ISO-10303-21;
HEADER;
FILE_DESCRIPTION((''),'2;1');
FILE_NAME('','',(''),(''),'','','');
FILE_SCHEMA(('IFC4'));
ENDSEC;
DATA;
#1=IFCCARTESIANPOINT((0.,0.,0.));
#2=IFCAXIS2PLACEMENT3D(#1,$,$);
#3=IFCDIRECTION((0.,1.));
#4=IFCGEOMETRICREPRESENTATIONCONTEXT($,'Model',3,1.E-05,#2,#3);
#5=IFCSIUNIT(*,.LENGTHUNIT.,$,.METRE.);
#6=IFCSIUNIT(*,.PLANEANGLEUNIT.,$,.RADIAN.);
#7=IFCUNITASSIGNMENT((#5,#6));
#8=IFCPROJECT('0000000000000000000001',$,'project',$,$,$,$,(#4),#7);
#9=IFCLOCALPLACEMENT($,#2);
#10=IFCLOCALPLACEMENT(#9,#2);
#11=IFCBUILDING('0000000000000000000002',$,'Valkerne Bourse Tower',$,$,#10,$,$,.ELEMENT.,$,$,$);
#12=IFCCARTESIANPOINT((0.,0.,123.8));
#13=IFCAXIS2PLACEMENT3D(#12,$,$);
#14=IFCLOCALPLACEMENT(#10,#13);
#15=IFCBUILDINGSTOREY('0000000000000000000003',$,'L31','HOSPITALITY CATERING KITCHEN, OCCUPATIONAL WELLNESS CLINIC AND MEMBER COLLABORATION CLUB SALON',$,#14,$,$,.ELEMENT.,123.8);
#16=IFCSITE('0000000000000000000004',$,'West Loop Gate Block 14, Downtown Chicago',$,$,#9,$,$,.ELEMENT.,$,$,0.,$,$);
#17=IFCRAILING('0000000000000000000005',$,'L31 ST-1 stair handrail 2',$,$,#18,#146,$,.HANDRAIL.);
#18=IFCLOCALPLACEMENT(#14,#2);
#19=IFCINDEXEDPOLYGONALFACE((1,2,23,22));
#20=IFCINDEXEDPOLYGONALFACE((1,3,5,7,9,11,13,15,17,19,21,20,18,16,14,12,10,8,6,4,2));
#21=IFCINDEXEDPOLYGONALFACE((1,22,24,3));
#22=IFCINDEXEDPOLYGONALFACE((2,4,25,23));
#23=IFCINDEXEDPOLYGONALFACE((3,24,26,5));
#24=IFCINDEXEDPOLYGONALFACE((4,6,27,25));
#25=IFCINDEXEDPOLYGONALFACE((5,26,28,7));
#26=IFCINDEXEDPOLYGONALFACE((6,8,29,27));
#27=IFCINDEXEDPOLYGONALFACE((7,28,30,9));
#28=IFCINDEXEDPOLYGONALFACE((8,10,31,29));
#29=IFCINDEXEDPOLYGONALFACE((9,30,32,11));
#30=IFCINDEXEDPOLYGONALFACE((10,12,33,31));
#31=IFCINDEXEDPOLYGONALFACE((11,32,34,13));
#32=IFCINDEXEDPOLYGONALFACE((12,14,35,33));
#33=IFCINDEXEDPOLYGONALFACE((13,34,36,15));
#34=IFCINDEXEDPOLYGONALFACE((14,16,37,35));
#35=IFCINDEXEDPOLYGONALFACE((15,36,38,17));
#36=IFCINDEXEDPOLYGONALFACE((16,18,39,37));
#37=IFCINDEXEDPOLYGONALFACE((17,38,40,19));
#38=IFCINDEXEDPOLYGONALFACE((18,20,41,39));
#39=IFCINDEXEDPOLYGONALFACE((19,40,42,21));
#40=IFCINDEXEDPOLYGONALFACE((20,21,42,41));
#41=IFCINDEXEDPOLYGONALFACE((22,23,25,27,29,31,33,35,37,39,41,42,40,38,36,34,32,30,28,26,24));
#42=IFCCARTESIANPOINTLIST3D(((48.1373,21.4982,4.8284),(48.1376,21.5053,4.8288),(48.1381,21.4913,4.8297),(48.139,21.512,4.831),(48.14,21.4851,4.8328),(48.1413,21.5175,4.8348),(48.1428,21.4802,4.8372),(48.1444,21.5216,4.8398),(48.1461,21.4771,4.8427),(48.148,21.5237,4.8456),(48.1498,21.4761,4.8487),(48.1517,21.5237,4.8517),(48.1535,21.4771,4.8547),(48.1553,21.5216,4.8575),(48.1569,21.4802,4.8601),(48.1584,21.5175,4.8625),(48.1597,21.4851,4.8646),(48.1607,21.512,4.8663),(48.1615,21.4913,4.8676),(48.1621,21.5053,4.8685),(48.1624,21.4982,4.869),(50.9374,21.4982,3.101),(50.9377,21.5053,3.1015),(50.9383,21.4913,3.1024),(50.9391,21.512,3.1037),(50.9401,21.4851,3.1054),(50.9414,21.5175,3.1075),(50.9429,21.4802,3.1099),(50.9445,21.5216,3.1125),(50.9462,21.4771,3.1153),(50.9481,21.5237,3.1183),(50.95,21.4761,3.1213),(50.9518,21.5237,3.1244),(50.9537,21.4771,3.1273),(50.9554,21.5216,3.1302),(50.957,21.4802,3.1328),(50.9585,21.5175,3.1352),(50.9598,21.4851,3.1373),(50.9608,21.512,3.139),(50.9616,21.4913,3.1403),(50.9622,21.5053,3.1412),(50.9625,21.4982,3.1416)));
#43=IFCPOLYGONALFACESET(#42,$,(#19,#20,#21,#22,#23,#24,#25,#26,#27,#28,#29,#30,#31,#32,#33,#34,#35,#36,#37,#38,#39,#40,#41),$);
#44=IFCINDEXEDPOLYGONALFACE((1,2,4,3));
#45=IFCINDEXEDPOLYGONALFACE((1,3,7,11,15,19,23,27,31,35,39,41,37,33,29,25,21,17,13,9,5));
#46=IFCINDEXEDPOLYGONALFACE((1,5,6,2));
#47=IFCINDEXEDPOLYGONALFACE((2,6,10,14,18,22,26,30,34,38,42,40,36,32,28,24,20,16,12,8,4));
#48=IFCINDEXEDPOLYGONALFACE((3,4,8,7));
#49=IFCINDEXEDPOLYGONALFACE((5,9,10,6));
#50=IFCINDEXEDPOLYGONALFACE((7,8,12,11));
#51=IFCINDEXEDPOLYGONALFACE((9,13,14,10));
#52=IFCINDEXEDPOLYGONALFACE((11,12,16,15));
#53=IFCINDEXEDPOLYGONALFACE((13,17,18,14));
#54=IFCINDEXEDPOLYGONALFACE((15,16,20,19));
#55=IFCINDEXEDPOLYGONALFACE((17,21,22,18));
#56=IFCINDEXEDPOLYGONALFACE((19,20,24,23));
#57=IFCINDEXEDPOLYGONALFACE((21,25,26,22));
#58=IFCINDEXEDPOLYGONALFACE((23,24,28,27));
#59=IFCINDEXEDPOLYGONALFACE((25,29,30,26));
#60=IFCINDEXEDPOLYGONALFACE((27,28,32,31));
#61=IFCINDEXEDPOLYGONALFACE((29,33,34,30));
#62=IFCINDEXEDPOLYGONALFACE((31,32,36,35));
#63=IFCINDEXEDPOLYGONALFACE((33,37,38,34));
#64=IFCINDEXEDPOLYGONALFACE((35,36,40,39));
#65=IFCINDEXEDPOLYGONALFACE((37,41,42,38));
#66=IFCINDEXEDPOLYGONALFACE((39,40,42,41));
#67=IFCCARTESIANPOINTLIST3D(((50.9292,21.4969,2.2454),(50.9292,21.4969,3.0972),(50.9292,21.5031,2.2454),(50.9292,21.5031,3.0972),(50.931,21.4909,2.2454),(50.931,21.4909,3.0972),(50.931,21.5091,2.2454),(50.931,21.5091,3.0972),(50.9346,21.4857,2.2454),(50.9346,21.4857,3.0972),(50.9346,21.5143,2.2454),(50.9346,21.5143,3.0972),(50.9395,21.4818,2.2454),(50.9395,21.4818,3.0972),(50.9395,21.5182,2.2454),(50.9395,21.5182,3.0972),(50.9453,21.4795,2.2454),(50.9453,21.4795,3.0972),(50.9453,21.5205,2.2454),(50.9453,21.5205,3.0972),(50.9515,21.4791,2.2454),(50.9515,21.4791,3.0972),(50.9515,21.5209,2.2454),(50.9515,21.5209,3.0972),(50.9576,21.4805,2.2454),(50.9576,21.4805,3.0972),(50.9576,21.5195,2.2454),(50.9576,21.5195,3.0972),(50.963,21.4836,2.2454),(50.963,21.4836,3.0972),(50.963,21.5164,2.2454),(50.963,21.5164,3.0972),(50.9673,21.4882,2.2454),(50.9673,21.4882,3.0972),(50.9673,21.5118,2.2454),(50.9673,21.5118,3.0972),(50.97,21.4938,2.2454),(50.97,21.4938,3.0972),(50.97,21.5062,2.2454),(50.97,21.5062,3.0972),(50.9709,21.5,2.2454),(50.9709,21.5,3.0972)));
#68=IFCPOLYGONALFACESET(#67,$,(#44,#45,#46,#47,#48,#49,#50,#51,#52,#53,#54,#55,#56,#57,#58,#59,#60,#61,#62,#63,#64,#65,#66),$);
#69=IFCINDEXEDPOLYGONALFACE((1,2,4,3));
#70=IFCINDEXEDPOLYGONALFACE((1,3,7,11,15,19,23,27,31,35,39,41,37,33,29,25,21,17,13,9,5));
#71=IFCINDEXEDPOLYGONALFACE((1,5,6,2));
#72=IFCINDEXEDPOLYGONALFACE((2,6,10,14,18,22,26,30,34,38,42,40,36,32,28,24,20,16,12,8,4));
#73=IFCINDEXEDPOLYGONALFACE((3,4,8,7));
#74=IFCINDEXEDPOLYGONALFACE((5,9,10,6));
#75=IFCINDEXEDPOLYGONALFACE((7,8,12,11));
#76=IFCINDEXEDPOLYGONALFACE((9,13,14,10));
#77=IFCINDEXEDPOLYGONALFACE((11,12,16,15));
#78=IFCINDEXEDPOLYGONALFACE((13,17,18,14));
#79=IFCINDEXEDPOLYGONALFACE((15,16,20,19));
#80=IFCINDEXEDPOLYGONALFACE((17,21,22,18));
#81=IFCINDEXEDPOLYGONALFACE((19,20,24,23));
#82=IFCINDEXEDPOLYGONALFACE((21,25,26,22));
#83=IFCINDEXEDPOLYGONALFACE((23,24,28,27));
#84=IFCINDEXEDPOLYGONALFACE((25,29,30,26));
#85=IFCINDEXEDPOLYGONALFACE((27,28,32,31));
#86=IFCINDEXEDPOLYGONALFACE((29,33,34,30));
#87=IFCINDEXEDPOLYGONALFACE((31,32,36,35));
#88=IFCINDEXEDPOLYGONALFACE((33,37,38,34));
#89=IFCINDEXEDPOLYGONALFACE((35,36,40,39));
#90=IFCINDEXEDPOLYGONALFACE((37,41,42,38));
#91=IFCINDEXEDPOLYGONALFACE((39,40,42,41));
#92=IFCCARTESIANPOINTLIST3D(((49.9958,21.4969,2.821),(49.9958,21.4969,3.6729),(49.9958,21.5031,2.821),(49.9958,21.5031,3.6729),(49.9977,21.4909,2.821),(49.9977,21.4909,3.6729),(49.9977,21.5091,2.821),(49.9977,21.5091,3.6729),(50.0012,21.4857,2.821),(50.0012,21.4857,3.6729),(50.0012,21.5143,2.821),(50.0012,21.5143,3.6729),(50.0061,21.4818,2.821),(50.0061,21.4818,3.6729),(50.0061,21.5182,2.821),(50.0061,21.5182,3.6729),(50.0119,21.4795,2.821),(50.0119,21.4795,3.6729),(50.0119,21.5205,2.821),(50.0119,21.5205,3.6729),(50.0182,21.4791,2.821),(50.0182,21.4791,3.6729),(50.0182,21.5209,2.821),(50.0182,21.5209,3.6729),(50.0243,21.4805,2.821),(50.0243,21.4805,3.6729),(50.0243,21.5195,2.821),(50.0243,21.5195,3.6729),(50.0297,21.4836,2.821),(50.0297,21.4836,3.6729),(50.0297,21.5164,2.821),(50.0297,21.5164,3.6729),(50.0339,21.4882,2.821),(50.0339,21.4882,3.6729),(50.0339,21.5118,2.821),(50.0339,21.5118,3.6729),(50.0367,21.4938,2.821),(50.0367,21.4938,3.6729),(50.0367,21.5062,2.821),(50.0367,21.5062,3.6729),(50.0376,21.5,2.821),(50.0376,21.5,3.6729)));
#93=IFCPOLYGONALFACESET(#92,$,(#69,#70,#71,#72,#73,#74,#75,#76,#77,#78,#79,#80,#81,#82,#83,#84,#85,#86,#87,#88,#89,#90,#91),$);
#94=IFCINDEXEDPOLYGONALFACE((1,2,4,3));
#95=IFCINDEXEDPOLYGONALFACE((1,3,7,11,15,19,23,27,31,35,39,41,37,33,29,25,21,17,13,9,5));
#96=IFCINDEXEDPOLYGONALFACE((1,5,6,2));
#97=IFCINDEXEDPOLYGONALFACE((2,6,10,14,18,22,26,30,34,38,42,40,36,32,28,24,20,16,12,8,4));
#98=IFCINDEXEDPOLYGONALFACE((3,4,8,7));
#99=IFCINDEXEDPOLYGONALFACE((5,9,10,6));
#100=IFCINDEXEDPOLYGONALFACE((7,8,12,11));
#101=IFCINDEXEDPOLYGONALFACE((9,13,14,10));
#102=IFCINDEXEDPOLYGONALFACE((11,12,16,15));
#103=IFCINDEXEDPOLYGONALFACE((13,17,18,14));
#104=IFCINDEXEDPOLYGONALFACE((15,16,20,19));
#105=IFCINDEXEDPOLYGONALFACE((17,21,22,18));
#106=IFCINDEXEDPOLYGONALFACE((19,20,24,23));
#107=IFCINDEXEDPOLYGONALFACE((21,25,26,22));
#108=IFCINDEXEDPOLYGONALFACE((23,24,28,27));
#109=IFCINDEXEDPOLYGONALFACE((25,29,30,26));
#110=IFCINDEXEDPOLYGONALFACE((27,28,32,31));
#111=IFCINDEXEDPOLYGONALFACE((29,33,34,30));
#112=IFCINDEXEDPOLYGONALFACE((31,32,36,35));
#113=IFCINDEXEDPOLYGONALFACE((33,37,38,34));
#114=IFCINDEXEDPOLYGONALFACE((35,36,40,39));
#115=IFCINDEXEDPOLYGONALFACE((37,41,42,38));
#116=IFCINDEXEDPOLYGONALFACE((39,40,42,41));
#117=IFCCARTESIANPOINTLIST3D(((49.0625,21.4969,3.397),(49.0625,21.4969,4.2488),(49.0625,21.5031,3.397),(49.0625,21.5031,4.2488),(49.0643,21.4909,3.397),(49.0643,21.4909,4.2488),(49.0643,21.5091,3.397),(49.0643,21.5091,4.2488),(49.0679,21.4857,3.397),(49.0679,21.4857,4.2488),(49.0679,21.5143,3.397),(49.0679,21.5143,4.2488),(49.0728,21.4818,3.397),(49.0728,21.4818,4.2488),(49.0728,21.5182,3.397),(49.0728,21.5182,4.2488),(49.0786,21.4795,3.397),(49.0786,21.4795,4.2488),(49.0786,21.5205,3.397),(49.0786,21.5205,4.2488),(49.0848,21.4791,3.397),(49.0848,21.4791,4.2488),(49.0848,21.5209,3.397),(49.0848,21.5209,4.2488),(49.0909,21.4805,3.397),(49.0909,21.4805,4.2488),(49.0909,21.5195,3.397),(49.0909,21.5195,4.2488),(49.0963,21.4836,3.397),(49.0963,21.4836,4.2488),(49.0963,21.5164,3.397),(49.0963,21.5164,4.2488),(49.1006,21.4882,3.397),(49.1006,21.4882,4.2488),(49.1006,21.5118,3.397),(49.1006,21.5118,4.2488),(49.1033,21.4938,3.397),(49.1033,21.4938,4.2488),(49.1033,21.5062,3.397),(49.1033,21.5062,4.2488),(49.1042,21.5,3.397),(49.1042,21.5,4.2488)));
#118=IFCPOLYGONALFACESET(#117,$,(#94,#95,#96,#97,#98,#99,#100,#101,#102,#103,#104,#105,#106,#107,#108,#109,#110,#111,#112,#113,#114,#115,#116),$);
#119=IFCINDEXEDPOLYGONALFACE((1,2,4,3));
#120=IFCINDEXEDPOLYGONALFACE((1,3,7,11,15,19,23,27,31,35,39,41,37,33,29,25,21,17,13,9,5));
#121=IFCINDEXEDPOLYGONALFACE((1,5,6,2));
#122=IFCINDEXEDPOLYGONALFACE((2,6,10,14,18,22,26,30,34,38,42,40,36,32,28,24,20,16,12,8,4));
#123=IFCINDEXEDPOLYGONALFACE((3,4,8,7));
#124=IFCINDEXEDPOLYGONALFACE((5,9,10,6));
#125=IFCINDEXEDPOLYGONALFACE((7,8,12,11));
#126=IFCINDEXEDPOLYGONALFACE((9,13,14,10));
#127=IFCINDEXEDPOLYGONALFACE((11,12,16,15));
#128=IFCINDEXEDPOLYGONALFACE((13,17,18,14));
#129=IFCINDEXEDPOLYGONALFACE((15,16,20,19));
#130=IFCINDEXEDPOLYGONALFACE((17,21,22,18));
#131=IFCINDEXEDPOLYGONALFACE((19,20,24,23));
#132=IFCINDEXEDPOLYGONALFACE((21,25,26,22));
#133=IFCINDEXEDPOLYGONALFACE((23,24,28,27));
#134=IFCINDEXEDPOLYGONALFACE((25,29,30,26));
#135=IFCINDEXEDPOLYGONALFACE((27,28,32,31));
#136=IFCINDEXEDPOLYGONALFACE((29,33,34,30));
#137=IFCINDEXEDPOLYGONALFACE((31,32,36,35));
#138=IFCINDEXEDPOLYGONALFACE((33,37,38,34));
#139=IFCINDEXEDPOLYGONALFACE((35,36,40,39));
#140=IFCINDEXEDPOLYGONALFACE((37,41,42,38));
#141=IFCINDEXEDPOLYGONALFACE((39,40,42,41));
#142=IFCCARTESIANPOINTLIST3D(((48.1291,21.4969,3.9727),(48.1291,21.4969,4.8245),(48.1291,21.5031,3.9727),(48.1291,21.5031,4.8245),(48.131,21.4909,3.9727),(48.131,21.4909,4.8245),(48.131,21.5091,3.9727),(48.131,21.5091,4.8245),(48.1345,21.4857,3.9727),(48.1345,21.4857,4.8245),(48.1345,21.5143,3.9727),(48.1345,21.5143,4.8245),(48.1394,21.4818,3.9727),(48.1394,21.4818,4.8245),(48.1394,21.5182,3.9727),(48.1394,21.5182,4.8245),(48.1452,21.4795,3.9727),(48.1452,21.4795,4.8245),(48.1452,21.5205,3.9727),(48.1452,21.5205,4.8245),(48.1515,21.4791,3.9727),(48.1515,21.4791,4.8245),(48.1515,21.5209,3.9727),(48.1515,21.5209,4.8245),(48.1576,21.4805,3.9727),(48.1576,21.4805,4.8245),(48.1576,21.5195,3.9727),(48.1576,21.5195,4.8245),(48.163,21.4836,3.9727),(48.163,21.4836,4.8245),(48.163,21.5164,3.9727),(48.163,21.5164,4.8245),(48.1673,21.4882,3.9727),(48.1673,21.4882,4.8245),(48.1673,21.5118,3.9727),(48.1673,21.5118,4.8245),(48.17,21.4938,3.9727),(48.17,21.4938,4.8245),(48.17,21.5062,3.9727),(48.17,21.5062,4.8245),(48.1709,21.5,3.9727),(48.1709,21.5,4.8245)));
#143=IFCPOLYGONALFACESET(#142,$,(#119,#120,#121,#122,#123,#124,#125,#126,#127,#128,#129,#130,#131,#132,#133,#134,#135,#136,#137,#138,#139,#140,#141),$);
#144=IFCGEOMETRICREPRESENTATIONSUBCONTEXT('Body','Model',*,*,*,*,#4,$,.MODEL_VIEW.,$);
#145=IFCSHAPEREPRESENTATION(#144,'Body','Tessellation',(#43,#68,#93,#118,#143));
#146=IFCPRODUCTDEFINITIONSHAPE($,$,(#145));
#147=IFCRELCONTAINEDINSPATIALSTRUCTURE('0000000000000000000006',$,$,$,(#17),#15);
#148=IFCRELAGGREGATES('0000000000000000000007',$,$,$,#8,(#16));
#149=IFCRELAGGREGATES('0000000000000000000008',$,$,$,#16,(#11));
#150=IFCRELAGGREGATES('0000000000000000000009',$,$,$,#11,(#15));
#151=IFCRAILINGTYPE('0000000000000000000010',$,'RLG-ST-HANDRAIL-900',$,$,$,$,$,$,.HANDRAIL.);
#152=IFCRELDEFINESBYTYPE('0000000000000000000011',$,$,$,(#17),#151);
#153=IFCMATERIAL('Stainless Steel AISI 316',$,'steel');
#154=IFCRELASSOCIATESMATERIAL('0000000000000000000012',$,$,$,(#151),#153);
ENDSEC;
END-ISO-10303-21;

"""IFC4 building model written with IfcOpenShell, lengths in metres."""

from ifc_helpers import new_model, si_unit, direction, frame, origin, origin_2d, place, context, subcontext, project, spatial, circle, extrude, material, type_object, element, save


model = new_model("IFC4")

# Units and contexts
model_context = context("Model", 3, precision=1e-05, world=origin(), true_north=direction((0.0, 1.0)))
body_context = subcontext(model_context, "Body", "Model", "MODEL_VIEW")
ifc_project = project(units=[si_unit("LENGTHUNIT", "METRE"), si_unit("PLANEANGLEUNIT", "RADIAN")], contexts=[model_context])

# Site, building, storey
site_placement = place(None, origin())
site = spatial("IfcSite", under=ifc_project, at=site_placement, Name="West Loop Gate Block 14, Downtown Chicago", CompositionType="ELEMENT", RefElevation=0.0)
building_placement = place(site_placement, origin())
building = spatial("IfcBuilding", under=site, at=building_placement, Name="Valkerne Bourse Tower", CompositionType="ELEMENT")
storey_placement = place(building_placement, frame((0.0, 0.0, 123.8)))
storey = spatial("IfcBuildingStorey", under=building, at=storey_placement, Name="L31", Description="HOSPITALITY CATERING KITCHEN, OCCUPATIONAL WELLNESS CLINIC AND MEMBER COLLABORATION CLUB SALON", CompositionType="ELEMENT", Elevation=123.8)

# Shared definitions
ifc_material_1 = material(Name="Stainless Steel AISI 316", Category="steel")

# Railing
railing_type_1 = type_object("IfcRailingType", Name="RLG-ST-HANDRAIL-900", PredefinedType="HANDRAIL", material=ifc_material_1)
railing_1_placement = place(storey_placement, frame((50.95, 21.5, 2.2454)))
element("IfcRailing", 1, at=railing_1_placement, inside=storey, type_object=railing_type_1, Name="L31 ST-1 stair handrail 2", PredefinedType="HANDRAIL", context=body_context, shape_type="SweptSolid", body=[
    extrude(circle(Radius=0.0239, at=origin_2d()), frame((0.0, 0.0, 0.876), z_axis=(-0.85109, 0.0, 0.52502), x_axis=(0.0, -1.0, 0.0)), (0.0, 0.0, 1.0), 3.29),
    extrude(circle(Radius=0.021, at=origin_2d()), origin(), (0.0, 0.0, 1.0), 0.8518),
    extrude(circle(Radius=0.021, at=origin_2d()), frame((-0.9333, 0.0, 0.5757)), (0.0, 0.0, 1.0), 0.8518),
    extrude(circle(Radius=0.021, at=origin_2d()), frame((-1.8667, 0.0, 1.1516)), (0.0, 0.0, 1.0), 0.8518),
    extrude(circle(Radius=0.021, at=origin_2d()), frame((-2.8, 0.0, 1.7273)), (0.0, 0.0, 1.0), 0.8518),
])

save(model, "model.ifc")
